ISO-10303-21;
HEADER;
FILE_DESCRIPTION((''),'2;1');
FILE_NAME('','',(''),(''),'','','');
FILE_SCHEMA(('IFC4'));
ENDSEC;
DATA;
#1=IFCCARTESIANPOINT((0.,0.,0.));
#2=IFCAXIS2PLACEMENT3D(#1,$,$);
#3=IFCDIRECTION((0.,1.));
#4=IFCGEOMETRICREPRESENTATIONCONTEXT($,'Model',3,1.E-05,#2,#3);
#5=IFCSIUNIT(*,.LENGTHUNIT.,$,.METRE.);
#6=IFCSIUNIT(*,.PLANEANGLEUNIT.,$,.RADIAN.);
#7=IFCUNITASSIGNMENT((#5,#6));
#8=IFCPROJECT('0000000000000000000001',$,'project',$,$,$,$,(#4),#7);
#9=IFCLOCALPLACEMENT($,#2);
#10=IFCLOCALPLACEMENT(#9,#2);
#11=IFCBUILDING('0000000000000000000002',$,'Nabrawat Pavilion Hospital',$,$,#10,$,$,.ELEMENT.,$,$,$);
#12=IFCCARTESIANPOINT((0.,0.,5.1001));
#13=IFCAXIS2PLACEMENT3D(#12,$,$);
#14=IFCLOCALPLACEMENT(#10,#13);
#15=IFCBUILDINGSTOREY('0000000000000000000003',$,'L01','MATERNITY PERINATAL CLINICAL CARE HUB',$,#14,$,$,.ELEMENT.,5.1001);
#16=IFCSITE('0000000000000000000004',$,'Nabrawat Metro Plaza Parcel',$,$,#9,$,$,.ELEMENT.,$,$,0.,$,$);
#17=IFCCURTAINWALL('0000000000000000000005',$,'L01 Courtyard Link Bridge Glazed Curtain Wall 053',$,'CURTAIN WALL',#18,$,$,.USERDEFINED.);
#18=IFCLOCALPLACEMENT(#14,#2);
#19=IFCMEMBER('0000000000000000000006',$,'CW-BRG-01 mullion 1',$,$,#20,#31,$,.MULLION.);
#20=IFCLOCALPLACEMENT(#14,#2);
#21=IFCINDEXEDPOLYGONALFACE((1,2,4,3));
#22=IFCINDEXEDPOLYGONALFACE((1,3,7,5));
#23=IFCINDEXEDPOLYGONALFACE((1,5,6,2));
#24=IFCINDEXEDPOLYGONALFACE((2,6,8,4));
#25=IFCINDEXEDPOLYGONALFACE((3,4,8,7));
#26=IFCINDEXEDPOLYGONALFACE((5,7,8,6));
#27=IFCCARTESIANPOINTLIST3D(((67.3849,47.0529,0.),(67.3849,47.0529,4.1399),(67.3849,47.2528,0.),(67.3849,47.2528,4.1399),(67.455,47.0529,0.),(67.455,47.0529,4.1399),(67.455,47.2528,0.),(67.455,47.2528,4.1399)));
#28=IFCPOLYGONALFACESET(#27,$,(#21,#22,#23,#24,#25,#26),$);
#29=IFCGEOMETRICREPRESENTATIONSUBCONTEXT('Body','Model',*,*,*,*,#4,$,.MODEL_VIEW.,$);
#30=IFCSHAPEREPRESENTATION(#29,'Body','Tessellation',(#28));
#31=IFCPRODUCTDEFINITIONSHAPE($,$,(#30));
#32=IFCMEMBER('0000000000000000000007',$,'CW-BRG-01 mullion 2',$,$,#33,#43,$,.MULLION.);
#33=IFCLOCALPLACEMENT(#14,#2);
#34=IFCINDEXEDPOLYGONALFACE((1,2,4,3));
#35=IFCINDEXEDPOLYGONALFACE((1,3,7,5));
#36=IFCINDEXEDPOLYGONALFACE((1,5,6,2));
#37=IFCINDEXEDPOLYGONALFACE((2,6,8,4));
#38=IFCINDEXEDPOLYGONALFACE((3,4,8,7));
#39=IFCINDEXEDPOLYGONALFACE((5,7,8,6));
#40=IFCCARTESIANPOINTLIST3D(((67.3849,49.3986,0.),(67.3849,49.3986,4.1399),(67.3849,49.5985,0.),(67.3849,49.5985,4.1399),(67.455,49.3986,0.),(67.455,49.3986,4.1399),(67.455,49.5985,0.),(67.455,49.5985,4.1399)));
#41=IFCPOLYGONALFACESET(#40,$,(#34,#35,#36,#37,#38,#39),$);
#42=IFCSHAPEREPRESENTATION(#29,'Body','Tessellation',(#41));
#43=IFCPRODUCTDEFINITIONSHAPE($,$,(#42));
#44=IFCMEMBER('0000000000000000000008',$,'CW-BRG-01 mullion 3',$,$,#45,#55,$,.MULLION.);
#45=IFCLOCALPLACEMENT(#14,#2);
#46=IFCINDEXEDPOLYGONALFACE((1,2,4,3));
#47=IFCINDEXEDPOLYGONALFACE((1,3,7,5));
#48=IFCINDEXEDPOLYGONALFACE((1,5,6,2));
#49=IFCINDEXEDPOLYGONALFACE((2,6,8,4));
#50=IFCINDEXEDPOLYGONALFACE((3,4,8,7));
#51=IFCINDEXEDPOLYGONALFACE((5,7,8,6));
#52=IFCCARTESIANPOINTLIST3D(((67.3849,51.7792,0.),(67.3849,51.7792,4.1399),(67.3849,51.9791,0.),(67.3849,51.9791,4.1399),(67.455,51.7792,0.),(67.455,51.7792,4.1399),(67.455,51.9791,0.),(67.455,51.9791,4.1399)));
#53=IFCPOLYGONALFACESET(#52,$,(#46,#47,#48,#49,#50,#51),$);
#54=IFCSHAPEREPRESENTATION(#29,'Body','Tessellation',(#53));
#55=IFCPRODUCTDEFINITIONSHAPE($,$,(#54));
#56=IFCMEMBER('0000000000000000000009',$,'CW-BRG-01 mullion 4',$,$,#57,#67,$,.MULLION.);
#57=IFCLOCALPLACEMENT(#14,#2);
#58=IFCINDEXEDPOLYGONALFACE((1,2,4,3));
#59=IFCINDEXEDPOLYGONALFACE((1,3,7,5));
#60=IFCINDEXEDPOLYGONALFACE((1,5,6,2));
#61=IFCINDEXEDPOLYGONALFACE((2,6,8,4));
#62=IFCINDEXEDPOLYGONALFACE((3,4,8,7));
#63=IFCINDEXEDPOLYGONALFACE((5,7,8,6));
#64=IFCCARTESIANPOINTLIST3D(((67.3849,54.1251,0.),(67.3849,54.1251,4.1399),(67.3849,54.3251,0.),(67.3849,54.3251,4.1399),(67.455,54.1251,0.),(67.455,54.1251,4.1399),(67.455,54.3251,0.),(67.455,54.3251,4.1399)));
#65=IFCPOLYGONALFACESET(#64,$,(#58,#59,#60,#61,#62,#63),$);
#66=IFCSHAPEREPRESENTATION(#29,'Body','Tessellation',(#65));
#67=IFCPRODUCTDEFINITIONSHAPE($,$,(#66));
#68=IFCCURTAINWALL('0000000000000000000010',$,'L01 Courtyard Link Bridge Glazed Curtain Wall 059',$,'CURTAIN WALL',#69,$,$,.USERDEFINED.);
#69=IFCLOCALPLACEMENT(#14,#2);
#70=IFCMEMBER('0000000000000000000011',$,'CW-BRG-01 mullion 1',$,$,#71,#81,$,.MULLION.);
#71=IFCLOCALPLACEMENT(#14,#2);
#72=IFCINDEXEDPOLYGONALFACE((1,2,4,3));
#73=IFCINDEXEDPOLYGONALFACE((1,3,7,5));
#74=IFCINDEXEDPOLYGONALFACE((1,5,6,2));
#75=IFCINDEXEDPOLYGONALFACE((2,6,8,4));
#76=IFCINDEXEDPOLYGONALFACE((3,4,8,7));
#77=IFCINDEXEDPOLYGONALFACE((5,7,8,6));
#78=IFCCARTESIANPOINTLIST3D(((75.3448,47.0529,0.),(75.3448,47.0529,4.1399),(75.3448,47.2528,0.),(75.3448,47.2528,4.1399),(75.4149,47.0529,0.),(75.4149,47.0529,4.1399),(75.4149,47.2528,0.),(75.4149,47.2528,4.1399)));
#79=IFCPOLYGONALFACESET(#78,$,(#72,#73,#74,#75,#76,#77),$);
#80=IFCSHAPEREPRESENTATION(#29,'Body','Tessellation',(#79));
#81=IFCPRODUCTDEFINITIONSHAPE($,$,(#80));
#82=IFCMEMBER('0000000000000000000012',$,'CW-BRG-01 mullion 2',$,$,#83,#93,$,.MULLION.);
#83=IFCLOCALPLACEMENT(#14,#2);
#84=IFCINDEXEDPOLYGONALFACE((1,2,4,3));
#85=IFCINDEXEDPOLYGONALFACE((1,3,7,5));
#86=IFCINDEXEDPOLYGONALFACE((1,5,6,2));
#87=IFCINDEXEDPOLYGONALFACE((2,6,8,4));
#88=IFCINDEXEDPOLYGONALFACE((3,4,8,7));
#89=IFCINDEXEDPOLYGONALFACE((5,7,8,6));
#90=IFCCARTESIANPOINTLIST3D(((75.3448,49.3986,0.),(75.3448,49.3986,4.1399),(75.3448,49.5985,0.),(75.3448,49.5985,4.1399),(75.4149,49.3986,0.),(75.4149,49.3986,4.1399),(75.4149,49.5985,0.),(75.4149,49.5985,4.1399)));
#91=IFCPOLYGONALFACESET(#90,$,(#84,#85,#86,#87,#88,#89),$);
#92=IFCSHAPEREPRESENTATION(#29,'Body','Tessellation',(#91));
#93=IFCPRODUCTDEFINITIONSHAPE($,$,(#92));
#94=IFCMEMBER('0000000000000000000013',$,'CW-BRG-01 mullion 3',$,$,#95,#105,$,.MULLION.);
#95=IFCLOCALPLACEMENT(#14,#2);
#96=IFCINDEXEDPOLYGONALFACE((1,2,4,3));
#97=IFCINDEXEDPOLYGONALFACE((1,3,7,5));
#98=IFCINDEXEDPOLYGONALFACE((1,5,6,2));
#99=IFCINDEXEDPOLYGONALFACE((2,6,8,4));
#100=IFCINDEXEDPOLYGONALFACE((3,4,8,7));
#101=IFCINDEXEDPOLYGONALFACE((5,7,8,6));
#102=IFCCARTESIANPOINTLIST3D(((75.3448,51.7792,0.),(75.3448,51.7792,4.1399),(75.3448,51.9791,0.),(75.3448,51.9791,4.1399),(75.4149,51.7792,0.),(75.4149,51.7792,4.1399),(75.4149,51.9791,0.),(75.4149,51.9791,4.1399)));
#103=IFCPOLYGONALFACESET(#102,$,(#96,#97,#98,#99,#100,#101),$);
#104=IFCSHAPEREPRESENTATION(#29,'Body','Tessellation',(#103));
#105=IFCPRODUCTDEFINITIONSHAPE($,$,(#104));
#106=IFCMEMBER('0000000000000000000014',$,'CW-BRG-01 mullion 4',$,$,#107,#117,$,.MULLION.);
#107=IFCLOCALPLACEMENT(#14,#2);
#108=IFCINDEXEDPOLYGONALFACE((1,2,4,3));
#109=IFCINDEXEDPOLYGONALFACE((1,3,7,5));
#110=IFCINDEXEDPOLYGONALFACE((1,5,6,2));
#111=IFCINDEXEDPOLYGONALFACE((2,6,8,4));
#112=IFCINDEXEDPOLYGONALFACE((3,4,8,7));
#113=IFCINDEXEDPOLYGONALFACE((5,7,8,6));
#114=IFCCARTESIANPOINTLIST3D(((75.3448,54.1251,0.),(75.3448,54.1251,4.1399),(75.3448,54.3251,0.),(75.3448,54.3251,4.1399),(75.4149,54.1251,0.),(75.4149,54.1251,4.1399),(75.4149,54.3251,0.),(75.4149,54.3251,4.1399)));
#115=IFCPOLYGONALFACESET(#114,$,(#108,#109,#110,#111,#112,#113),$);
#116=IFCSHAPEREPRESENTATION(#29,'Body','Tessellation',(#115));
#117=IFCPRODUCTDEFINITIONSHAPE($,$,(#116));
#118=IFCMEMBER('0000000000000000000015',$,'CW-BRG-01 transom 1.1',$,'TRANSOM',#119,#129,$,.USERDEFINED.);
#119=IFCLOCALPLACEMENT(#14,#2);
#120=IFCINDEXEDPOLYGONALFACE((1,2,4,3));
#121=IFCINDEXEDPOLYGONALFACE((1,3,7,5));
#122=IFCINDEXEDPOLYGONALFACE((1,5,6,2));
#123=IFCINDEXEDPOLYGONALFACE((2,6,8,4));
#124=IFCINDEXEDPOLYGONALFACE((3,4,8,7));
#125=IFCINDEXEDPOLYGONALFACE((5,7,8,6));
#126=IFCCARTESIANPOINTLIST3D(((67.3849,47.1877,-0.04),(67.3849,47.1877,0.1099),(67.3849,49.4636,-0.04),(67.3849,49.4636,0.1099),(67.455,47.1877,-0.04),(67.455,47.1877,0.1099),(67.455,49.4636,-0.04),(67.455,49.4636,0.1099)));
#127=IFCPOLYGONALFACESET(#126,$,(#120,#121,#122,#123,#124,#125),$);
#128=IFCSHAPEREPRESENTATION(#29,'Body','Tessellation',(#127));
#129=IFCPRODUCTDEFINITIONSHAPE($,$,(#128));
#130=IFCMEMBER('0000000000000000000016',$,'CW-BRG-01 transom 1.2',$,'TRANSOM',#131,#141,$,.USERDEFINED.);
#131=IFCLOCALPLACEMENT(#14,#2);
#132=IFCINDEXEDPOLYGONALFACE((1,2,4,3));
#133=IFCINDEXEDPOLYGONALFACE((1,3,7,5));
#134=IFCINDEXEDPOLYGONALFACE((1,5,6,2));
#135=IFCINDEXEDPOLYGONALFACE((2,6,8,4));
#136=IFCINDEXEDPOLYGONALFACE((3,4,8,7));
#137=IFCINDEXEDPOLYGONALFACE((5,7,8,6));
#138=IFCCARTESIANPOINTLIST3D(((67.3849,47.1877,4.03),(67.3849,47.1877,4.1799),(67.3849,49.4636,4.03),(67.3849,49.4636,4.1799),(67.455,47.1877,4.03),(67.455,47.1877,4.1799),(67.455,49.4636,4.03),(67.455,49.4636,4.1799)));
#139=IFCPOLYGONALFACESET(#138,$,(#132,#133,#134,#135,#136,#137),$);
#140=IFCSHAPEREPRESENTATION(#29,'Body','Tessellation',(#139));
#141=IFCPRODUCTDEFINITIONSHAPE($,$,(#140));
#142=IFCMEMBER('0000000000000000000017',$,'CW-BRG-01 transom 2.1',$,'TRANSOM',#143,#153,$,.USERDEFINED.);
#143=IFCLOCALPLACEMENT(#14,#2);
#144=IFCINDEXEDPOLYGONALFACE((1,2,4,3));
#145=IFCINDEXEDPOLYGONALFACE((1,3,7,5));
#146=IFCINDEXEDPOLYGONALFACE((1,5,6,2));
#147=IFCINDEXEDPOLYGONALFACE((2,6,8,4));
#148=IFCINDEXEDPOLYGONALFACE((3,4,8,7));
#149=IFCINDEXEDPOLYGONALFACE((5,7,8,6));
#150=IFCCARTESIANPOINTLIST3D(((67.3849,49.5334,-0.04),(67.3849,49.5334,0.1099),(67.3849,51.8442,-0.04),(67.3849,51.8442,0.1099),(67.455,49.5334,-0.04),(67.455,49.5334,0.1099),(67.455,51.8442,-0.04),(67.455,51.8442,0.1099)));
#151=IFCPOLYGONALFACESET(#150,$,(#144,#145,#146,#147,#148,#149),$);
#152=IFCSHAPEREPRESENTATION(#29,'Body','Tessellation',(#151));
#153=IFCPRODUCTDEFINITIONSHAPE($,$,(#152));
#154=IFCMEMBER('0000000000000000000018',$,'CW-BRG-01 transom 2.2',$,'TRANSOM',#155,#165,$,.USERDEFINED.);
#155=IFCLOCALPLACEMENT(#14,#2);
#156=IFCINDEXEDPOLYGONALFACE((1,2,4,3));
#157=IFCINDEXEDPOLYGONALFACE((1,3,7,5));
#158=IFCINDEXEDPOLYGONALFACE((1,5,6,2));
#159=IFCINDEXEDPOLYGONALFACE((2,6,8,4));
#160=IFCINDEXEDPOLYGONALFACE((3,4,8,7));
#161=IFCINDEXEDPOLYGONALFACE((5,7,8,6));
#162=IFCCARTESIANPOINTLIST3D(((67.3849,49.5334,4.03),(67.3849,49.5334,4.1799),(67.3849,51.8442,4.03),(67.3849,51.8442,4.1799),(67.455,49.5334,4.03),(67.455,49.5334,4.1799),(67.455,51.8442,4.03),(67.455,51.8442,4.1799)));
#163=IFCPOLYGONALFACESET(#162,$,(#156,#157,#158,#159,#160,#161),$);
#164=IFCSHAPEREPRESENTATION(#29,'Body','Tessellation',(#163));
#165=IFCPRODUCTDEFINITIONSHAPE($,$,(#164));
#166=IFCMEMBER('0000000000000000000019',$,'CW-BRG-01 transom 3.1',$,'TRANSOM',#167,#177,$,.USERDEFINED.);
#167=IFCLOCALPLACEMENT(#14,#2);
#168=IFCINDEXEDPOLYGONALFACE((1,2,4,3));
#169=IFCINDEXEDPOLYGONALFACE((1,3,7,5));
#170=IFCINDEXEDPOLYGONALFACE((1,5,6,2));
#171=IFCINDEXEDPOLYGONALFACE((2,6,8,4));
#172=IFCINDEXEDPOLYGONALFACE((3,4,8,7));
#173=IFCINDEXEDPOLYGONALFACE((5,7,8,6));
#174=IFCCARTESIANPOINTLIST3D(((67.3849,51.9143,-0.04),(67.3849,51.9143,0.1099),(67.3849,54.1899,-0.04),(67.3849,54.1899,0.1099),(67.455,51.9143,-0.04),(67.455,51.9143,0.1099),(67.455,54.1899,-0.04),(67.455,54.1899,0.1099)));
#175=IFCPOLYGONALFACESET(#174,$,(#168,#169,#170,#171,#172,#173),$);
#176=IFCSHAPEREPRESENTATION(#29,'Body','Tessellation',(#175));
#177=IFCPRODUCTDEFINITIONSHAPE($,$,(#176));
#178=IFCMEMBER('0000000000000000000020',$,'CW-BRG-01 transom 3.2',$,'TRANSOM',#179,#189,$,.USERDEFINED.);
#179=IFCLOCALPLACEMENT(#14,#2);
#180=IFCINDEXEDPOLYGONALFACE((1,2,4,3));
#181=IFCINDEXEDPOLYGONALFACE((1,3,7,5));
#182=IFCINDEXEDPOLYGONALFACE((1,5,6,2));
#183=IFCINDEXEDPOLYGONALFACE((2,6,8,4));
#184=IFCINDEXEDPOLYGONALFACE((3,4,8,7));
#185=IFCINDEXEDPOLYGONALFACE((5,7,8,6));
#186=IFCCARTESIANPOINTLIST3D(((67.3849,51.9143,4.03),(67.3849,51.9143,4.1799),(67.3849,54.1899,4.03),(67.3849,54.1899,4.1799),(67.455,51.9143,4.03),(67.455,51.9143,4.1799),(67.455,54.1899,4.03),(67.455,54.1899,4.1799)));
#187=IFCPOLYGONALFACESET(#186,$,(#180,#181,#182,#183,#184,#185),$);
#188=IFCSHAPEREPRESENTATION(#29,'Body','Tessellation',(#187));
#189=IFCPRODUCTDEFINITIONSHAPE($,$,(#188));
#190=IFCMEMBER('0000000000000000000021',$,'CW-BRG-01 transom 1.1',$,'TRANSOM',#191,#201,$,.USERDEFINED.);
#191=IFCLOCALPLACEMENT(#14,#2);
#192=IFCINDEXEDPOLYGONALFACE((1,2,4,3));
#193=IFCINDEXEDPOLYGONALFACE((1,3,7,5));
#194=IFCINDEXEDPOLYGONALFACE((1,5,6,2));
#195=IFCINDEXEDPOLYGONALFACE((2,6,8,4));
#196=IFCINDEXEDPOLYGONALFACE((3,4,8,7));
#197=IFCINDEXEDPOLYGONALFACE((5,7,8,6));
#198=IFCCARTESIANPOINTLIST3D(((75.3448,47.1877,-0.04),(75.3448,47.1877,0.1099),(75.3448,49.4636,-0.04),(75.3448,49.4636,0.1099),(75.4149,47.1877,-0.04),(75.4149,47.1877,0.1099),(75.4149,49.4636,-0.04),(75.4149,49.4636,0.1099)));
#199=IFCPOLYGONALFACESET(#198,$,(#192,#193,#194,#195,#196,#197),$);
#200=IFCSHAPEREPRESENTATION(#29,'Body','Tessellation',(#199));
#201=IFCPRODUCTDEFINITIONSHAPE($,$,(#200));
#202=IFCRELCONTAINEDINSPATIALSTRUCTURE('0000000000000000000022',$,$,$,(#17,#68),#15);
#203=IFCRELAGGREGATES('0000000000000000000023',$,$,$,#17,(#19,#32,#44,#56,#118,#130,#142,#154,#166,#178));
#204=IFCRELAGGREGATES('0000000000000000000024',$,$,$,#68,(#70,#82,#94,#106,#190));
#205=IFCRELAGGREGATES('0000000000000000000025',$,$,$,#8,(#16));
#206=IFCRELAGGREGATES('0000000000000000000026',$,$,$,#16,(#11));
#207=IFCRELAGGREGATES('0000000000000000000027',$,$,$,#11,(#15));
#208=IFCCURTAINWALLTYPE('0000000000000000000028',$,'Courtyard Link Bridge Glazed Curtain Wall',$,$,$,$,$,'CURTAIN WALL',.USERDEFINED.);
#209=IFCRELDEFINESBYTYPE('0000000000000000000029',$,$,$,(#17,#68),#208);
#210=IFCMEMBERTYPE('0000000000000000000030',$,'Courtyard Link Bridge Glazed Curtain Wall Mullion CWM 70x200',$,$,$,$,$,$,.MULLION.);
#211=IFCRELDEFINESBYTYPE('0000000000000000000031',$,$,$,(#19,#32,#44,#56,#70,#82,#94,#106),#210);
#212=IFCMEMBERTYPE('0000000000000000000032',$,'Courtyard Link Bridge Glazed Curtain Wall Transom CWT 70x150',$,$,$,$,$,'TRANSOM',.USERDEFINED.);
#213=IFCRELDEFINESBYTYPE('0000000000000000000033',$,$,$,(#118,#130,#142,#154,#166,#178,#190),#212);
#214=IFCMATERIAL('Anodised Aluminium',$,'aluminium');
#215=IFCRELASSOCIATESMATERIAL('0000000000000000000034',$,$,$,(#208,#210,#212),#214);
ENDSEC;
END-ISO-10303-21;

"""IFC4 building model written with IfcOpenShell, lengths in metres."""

from ifc_helpers import new_model, si_unit, direction, frame, origin, origin_2d, place, context, subcontext, project, spatial, rectangle, extrude, material, material_profile, profile_set, type_object, element, aggregate, save


model = new_model("IFC4")

# Units and contexts
model_context = context("Model", 3, precision=1e-05, world=origin(), true_north=direction((0.0, 1.0)))
body_context = subcontext(model_context, "Body", "Model", "MODEL_VIEW")
ifc_project = project(units=[si_unit("LENGTHUNIT", "METRE"), si_unit("PLANEANGLEUNIT", "RADIAN")], contexts=[model_context])

# Site, building, storey
site_placement = place(None, origin())
site = spatial("IfcSite", under=ifc_project, at=site_placement, Name="Nabrawat Metro Plaza Parcel", CompositionType="ELEMENT", RefElevation=0.0)
building_placement = place(site_placement, origin())
building = spatial("IfcBuilding", under=site, at=building_placement, Name="Nabrawat Pavilion Hospital", CompositionType="ELEMENT")
storey_placement = place(building_placement, frame((0.0, 0.0, 5.1001)))
storey = spatial("IfcBuildingStorey", under=building, at=storey_placement, Name="L01", Description="MATERNITY PERINATAL CLINICAL CARE HUB", CompositionType="ELEMENT", Elevation=5.1001)

# Curtain walls, members
ifc_material_1 = material(Name="Anodised Aluminium", Category="aluminium")
curtain_wall_type = type_object("IfcCurtainWallType", Name="Courtyard Link Bridge Glazed Curtain Wall", ElementType="CURTAIN WALL", PredefinedType="USERDEFINED", material=ifc_material_1)
curtain_wall_1_placement = place(storey_placement, origin())
curtain_wall_1 = element("IfcCurtainWall", 1, at=curtain_wall_1_placement, inside=storey, type_object=curtain_wall_type, Name="L01 Courtyard Link Bridge Glazed Curtain Wall 053", ObjectType="CURTAIN WALL", PredefinedType="USERDEFINED")
ifc_material_profile_1 = material_profile(ifc_material_1, rectangle(XDim=0.0701, YDim=0.2, at=origin_2d()), Name="CWM 70x200")
ifc_profile_set_1 = profile_set([ifc_material_profile_1], Name="Anodised Aluminium")
member_type_1 = type_object("IfcMemberType", Name="Courtyard Link Bridge Glazed Curtain Wall Mullion CWM 70x200", PredefinedType="MULLION", material=ifc_profile_set_1)
member_1_placement = place(storey_placement, frame((67.4199, 47.1528, 0.0), z_axis=(0.0, 0.0, 1.0), x_axis=(-1.0, 0.0, 0.0)))
member_1 = element("IfcMember", 2, at=member_1_placement, type_object=member_type_1, Name="CW-BRG-01 mullion 1", PredefinedType="MULLION", context=body_context, shape_type="SweptSolid", body=[
    extrude(rectangle(XDim=0.0701, YDim=0.2, at=origin_2d()), origin(), (0.0, 0.0, 1.0), 4.1399),
])
member_2_placement = place(storey_placement, frame((67.4199, 49.4985, 0.0), z_axis=(0.0, 0.0, 1.0), x_axis=(-1.0, 0.0, 0.0)))
member_2 = element("IfcMember", 3, at=member_2_placement, type_object=member_type_1, Name="CW-BRG-01 mullion 2", PredefinedType="MULLION", context=body_context, shape_type="SweptSolid", body=[
    extrude(rectangle(XDim=0.0701, YDim=0.2, at=origin_2d()), origin(), (0.0, 0.0, 1.0), 4.1399),
])
member_3_placement = place(storey_placement, frame((67.4199, 51.8792, 0.0), z_axis=(0.0, 0.0, 1.0), x_axis=(-1.0, 0.0, 0.0)))
member_3 = element("IfcMember", 4, at=member_3_placement, type_object=member_type_1, Name="CW-BRG-01 mullion 3", PredefinedType="MULLION", context=body_context, shape_type="SweptSolid", body=[
    extrude(rectangle(XDim=0.0701, YDim=0.2, at=origin_2d()), origin(), (0.0, 0.0, 1.0), 4.1399),
])
member_4_placement = place(storey_placement, frame((67.4199, 54.2251, 0.0), z_axis=(0.0, 0.0, 1.0), x_axis=(-1.0, 0.0, 0.0)))
member_4 = element("IfcMember", 5, at=member_4_placement, type_object=member_type_1, Name="CW-BRG-01 mullion 4", PredefinedType="MULLION", context=body_context, shape_type="SweptSolid", body=[
    extrude(rectangle(XDim=0.0701, YDim=0.2, at=origin_2d()), origin(), (0.0, 0.0, 1.0), 4.1399),
])
curtain_wall_2_placement = place(storey_placement, origin())
curtain_wall_2 = element("IfcCurtainWall", 6, at=curtain_wall_2_placement, inside=storey, type_object=curtain_wall_type, Name="L01 Courtyard Link Bridge Glazed Curtain Wall 059", ObjectType="CURTAIN WALL", PredefinedType="USERDEFINED")
member_5_placement = place(storey_placement, frame((75.3799, 47.1528, 0.0), z_axis=(0.0, 0.0, 1.0), x_axis=(-1.0, 0.0, 0.0)))
member_5 = element("IfcMember", 7, at=member_5_placement, type_object=member_type_1, Name="CW-BRG-01 mullion 1", PredefinedType="MULLION", context=body_context, shape_type="SweptSolid", body=[
    extrude(rectangle(XDim=0.0701, YDim=0.2, at=origin_2d()), origin(), (0.0, 0.0, 1.0), 4.1399),
])
member_6_placement = place(storey_placement, frame((75.3799, 49.4985, 0.0), z_axis=(0.0, 0.0, 1.0), x_axis=(-1.0, 0.0, 0.0)))
member_6 = element("IfcMember", 8, at=member_6_placement, type_object=member_type_1, Name="CW-BRG-01 mullion 2", PredefinedType="MULLION", context=body_context, shape_type="SweptSolid", body=[
    extrude(rectangle(XDim=0.0701, YDim=0.2, at=origin_2d()), origin(), (0.0, 0.0, 1.0), 4.1399),
])
member_7_placement = place(storey_placement, frame((75.3799, 51.8792, 0.0), z_axis=(0.0, 0.0, 1.0), x_axis=(-1.0, 0.0, 0.0)))
member_7 = element("IfcMember", 9, at=member_7_placement, type_object=member_type_1, Name="CW-BRG-01 mullion 3", PredefinedType="MULLION", context=body_context, shape_type="SweptSolid", body=[
    extrude(rectangle(XDim=0.0701, YDim=0.2, at=origin_2d()), origin(), (0.0, 0.0, 1.0), 4.1399),
])
member_8_placement = place(storey_placement, frame((75.3799, 54.2251, 0.0), z_axis=(0.0, 0.0, 1.0), x_axis=(-1.0, 0.0, 0.0)))
member_8 = element("IfcMember", 10, at=member_8_placement, type_object=member_type_1, Name="CW-BRG-01 mullion 4", PredefinedType="MULLION", context=body_context, shape_type="SweptSolid", body=[
    extrude(rectangle(XDim=0.0701, YDim=0.2, at=origin_2d()), origin(), (0.0, 0.0, 1.0), 4.1399),
])

# Members
ifc_material_profile_2 = material_profile(ifc_material_1, rectangle(XDim=0.0701, YDim=0.1499, at=origin_2d()), Name="CWT 70x150")
ifc_profile_set_2 = profile_set([ifc_material_profile_2], Name="Anodised Aluminium")
member_type_2 = type_object("IfcMemberType", Name="Courtyard Link Bridge Glazed Curtain Wall Transom CWT 70x150", ElementType="TRANSOM", PredefinedType="USERDEFINED", material=ifc_profile_set_2)
member_9_placement = place(storey_placement, frame((67.4199, 47.1877, 0.0349), z_axis=(0.0, 1.0, 0.0), x_axis=(-1.0, 0.0, 0.0)))
member_9 = element("IfcMember", 11, at=member_9_placement, type_object=member_type_2, Name="CW-BRG-01 transom 1.1", ObjectType="TRANSOM", PredefinedType="USERDEFINED", context=body_context, shape_type="SweptSolid", body=[
    extrude(rectangle(XDim=0.0701, YDim=0.1499, at=origin_2d()), origin(), (0.0, 0.0, 1.0), 2.2759),
])
member_10_placement = place(storey_placement, frame((67.4199, 47.1877, 4.105), z_axis=(0.0, 1.0, 0.0), x_axis=(-1.0, 0.0, 0.0)))
member_10 = element("IfcMember", 12, at=member_10_placement, type_object=member_type_2, Name="CW-BRG-01 transom 1.2", ObjectType="TRANSOM", PredefinedType="USERDEFINED", context=body_context, shape_type="SweptSolid", body=[
    extrude(rectangle(XDim=0.0701, YDim=0.1499, at=origin_2d()), origin(), (0.0, 0.0, 1.0), 2.2759),
])
member_11_placement = place(storey_placement, frame((67.4199, 49.5334, 0.0349), z_axis=(0.0, 1.0, 0.0), x_axis=(-1.0, 0.0, 0.0)))
member_11 = element("IfcMember", 13, at=member_11_placement, type_object=member_type_2, Name="CW-BRG-01 transom 2.1", ObjectType="TRANSOM", PredefinedType="USERDEFINED", context=body_context, shape_type="SweptSolid", body=[
    extrude(rectangle(XDim=0.0701, YDim=0.1499, at=origin_2d()), origin(), (0.0, 0.0, 1.0), 2.3108),
])
member_12_placement = place(storey_placement, frame((67.4199, 49.5334, 4.105), z_axis=(0.0, 1.0, 0.0), x_axis=(-1.0, 0.0, 0.0)))
member_12 = element("IfcMember", 14, at=member_12_placement, type_object=member_type_2, Name="CW-BRG-01 transom 2.2", ObjectType="TRANSOM", PredefinedType="USERDEFINED", context=body_context, shape_type="SweptSolid", body=[
    extrude(rectangle(XDim=0.0701, YDim=0.1499, at=origin_2d()), origin(), (0.0, 0.0, 1.0), 2.3108),
])
member_13_placement = place(storey_placement, frame((67.4199, 51.9143, 0.0349), z_axis=(0.0, 1.0, 0.0), x_axis=(-1.0, 0.0, 0.0)))
member_13 = element("IfcMember", 15, at=member_13_placement, type_object=member_type_2, Name="CW-BRG-01 transom 3.1", ObjectType="TRANSOM", PredefinedType="USERDEFINED", context=body_context, shape_type="SweptSolid", body=[
    extrude(rectangle(XDim=0.0701, YDim=0.1499, at=origin_2d()), origin(), (0.0, 0.0, 1.0), 2.2756),
])
member_14_placement = place(storey_placement, frame((67.4199, 51.9143, 4.105), z_axis=(0.0, 1.0, 0.0), x_axis=(-1.0, 0.0, 0.0)))
member_14 = element("IfcMember", 16, at=member_14_placement, type_object=member_type_2, Name="CW-BRG-01 transom 3.2", ObjectType="TRANSOM", PredefinedType="USERDEFINED", context=body_context, shape_type="SweptSolid", body=[
    extrude(rectangle(XDim=0.0701, YDim=0.1499, at=origin_2d()), origin(), (0.0, 0.0, 1.0), 2.2756),
])
member_15_placement = place(storey_placement, frame((75.3799, 47.1877, 0.0349), z_axis=(0.0, 1.0, 0.0), x_axis=(-1.0, 0.0, 0.0)))
member_15 = element("IfcMember", 17, at=member_15_placement, type_object=member_type_2, Name="CW-BRG-01 transom 1.1", ObjectType="TRANSOM", PredefinedType="USERDEFINED", context=body_context, shape_type="SweptSolid", body=[
    extrude(rectangle(XDim=0.0701, YDim=0.1499, at=origin_2d()), origin(), (0.0, 0.0, 1.0), 2.2759),
])

aggregate(curtain_wall_1, [member_1, member_2, member_3, member_4, member_9, member_10, member_11, member_12, member_13, member_14])
aggregate(curtain_wall_2, [member_5, member_6, member_7, member_8, member_15])

save(model, "model.ifc")
